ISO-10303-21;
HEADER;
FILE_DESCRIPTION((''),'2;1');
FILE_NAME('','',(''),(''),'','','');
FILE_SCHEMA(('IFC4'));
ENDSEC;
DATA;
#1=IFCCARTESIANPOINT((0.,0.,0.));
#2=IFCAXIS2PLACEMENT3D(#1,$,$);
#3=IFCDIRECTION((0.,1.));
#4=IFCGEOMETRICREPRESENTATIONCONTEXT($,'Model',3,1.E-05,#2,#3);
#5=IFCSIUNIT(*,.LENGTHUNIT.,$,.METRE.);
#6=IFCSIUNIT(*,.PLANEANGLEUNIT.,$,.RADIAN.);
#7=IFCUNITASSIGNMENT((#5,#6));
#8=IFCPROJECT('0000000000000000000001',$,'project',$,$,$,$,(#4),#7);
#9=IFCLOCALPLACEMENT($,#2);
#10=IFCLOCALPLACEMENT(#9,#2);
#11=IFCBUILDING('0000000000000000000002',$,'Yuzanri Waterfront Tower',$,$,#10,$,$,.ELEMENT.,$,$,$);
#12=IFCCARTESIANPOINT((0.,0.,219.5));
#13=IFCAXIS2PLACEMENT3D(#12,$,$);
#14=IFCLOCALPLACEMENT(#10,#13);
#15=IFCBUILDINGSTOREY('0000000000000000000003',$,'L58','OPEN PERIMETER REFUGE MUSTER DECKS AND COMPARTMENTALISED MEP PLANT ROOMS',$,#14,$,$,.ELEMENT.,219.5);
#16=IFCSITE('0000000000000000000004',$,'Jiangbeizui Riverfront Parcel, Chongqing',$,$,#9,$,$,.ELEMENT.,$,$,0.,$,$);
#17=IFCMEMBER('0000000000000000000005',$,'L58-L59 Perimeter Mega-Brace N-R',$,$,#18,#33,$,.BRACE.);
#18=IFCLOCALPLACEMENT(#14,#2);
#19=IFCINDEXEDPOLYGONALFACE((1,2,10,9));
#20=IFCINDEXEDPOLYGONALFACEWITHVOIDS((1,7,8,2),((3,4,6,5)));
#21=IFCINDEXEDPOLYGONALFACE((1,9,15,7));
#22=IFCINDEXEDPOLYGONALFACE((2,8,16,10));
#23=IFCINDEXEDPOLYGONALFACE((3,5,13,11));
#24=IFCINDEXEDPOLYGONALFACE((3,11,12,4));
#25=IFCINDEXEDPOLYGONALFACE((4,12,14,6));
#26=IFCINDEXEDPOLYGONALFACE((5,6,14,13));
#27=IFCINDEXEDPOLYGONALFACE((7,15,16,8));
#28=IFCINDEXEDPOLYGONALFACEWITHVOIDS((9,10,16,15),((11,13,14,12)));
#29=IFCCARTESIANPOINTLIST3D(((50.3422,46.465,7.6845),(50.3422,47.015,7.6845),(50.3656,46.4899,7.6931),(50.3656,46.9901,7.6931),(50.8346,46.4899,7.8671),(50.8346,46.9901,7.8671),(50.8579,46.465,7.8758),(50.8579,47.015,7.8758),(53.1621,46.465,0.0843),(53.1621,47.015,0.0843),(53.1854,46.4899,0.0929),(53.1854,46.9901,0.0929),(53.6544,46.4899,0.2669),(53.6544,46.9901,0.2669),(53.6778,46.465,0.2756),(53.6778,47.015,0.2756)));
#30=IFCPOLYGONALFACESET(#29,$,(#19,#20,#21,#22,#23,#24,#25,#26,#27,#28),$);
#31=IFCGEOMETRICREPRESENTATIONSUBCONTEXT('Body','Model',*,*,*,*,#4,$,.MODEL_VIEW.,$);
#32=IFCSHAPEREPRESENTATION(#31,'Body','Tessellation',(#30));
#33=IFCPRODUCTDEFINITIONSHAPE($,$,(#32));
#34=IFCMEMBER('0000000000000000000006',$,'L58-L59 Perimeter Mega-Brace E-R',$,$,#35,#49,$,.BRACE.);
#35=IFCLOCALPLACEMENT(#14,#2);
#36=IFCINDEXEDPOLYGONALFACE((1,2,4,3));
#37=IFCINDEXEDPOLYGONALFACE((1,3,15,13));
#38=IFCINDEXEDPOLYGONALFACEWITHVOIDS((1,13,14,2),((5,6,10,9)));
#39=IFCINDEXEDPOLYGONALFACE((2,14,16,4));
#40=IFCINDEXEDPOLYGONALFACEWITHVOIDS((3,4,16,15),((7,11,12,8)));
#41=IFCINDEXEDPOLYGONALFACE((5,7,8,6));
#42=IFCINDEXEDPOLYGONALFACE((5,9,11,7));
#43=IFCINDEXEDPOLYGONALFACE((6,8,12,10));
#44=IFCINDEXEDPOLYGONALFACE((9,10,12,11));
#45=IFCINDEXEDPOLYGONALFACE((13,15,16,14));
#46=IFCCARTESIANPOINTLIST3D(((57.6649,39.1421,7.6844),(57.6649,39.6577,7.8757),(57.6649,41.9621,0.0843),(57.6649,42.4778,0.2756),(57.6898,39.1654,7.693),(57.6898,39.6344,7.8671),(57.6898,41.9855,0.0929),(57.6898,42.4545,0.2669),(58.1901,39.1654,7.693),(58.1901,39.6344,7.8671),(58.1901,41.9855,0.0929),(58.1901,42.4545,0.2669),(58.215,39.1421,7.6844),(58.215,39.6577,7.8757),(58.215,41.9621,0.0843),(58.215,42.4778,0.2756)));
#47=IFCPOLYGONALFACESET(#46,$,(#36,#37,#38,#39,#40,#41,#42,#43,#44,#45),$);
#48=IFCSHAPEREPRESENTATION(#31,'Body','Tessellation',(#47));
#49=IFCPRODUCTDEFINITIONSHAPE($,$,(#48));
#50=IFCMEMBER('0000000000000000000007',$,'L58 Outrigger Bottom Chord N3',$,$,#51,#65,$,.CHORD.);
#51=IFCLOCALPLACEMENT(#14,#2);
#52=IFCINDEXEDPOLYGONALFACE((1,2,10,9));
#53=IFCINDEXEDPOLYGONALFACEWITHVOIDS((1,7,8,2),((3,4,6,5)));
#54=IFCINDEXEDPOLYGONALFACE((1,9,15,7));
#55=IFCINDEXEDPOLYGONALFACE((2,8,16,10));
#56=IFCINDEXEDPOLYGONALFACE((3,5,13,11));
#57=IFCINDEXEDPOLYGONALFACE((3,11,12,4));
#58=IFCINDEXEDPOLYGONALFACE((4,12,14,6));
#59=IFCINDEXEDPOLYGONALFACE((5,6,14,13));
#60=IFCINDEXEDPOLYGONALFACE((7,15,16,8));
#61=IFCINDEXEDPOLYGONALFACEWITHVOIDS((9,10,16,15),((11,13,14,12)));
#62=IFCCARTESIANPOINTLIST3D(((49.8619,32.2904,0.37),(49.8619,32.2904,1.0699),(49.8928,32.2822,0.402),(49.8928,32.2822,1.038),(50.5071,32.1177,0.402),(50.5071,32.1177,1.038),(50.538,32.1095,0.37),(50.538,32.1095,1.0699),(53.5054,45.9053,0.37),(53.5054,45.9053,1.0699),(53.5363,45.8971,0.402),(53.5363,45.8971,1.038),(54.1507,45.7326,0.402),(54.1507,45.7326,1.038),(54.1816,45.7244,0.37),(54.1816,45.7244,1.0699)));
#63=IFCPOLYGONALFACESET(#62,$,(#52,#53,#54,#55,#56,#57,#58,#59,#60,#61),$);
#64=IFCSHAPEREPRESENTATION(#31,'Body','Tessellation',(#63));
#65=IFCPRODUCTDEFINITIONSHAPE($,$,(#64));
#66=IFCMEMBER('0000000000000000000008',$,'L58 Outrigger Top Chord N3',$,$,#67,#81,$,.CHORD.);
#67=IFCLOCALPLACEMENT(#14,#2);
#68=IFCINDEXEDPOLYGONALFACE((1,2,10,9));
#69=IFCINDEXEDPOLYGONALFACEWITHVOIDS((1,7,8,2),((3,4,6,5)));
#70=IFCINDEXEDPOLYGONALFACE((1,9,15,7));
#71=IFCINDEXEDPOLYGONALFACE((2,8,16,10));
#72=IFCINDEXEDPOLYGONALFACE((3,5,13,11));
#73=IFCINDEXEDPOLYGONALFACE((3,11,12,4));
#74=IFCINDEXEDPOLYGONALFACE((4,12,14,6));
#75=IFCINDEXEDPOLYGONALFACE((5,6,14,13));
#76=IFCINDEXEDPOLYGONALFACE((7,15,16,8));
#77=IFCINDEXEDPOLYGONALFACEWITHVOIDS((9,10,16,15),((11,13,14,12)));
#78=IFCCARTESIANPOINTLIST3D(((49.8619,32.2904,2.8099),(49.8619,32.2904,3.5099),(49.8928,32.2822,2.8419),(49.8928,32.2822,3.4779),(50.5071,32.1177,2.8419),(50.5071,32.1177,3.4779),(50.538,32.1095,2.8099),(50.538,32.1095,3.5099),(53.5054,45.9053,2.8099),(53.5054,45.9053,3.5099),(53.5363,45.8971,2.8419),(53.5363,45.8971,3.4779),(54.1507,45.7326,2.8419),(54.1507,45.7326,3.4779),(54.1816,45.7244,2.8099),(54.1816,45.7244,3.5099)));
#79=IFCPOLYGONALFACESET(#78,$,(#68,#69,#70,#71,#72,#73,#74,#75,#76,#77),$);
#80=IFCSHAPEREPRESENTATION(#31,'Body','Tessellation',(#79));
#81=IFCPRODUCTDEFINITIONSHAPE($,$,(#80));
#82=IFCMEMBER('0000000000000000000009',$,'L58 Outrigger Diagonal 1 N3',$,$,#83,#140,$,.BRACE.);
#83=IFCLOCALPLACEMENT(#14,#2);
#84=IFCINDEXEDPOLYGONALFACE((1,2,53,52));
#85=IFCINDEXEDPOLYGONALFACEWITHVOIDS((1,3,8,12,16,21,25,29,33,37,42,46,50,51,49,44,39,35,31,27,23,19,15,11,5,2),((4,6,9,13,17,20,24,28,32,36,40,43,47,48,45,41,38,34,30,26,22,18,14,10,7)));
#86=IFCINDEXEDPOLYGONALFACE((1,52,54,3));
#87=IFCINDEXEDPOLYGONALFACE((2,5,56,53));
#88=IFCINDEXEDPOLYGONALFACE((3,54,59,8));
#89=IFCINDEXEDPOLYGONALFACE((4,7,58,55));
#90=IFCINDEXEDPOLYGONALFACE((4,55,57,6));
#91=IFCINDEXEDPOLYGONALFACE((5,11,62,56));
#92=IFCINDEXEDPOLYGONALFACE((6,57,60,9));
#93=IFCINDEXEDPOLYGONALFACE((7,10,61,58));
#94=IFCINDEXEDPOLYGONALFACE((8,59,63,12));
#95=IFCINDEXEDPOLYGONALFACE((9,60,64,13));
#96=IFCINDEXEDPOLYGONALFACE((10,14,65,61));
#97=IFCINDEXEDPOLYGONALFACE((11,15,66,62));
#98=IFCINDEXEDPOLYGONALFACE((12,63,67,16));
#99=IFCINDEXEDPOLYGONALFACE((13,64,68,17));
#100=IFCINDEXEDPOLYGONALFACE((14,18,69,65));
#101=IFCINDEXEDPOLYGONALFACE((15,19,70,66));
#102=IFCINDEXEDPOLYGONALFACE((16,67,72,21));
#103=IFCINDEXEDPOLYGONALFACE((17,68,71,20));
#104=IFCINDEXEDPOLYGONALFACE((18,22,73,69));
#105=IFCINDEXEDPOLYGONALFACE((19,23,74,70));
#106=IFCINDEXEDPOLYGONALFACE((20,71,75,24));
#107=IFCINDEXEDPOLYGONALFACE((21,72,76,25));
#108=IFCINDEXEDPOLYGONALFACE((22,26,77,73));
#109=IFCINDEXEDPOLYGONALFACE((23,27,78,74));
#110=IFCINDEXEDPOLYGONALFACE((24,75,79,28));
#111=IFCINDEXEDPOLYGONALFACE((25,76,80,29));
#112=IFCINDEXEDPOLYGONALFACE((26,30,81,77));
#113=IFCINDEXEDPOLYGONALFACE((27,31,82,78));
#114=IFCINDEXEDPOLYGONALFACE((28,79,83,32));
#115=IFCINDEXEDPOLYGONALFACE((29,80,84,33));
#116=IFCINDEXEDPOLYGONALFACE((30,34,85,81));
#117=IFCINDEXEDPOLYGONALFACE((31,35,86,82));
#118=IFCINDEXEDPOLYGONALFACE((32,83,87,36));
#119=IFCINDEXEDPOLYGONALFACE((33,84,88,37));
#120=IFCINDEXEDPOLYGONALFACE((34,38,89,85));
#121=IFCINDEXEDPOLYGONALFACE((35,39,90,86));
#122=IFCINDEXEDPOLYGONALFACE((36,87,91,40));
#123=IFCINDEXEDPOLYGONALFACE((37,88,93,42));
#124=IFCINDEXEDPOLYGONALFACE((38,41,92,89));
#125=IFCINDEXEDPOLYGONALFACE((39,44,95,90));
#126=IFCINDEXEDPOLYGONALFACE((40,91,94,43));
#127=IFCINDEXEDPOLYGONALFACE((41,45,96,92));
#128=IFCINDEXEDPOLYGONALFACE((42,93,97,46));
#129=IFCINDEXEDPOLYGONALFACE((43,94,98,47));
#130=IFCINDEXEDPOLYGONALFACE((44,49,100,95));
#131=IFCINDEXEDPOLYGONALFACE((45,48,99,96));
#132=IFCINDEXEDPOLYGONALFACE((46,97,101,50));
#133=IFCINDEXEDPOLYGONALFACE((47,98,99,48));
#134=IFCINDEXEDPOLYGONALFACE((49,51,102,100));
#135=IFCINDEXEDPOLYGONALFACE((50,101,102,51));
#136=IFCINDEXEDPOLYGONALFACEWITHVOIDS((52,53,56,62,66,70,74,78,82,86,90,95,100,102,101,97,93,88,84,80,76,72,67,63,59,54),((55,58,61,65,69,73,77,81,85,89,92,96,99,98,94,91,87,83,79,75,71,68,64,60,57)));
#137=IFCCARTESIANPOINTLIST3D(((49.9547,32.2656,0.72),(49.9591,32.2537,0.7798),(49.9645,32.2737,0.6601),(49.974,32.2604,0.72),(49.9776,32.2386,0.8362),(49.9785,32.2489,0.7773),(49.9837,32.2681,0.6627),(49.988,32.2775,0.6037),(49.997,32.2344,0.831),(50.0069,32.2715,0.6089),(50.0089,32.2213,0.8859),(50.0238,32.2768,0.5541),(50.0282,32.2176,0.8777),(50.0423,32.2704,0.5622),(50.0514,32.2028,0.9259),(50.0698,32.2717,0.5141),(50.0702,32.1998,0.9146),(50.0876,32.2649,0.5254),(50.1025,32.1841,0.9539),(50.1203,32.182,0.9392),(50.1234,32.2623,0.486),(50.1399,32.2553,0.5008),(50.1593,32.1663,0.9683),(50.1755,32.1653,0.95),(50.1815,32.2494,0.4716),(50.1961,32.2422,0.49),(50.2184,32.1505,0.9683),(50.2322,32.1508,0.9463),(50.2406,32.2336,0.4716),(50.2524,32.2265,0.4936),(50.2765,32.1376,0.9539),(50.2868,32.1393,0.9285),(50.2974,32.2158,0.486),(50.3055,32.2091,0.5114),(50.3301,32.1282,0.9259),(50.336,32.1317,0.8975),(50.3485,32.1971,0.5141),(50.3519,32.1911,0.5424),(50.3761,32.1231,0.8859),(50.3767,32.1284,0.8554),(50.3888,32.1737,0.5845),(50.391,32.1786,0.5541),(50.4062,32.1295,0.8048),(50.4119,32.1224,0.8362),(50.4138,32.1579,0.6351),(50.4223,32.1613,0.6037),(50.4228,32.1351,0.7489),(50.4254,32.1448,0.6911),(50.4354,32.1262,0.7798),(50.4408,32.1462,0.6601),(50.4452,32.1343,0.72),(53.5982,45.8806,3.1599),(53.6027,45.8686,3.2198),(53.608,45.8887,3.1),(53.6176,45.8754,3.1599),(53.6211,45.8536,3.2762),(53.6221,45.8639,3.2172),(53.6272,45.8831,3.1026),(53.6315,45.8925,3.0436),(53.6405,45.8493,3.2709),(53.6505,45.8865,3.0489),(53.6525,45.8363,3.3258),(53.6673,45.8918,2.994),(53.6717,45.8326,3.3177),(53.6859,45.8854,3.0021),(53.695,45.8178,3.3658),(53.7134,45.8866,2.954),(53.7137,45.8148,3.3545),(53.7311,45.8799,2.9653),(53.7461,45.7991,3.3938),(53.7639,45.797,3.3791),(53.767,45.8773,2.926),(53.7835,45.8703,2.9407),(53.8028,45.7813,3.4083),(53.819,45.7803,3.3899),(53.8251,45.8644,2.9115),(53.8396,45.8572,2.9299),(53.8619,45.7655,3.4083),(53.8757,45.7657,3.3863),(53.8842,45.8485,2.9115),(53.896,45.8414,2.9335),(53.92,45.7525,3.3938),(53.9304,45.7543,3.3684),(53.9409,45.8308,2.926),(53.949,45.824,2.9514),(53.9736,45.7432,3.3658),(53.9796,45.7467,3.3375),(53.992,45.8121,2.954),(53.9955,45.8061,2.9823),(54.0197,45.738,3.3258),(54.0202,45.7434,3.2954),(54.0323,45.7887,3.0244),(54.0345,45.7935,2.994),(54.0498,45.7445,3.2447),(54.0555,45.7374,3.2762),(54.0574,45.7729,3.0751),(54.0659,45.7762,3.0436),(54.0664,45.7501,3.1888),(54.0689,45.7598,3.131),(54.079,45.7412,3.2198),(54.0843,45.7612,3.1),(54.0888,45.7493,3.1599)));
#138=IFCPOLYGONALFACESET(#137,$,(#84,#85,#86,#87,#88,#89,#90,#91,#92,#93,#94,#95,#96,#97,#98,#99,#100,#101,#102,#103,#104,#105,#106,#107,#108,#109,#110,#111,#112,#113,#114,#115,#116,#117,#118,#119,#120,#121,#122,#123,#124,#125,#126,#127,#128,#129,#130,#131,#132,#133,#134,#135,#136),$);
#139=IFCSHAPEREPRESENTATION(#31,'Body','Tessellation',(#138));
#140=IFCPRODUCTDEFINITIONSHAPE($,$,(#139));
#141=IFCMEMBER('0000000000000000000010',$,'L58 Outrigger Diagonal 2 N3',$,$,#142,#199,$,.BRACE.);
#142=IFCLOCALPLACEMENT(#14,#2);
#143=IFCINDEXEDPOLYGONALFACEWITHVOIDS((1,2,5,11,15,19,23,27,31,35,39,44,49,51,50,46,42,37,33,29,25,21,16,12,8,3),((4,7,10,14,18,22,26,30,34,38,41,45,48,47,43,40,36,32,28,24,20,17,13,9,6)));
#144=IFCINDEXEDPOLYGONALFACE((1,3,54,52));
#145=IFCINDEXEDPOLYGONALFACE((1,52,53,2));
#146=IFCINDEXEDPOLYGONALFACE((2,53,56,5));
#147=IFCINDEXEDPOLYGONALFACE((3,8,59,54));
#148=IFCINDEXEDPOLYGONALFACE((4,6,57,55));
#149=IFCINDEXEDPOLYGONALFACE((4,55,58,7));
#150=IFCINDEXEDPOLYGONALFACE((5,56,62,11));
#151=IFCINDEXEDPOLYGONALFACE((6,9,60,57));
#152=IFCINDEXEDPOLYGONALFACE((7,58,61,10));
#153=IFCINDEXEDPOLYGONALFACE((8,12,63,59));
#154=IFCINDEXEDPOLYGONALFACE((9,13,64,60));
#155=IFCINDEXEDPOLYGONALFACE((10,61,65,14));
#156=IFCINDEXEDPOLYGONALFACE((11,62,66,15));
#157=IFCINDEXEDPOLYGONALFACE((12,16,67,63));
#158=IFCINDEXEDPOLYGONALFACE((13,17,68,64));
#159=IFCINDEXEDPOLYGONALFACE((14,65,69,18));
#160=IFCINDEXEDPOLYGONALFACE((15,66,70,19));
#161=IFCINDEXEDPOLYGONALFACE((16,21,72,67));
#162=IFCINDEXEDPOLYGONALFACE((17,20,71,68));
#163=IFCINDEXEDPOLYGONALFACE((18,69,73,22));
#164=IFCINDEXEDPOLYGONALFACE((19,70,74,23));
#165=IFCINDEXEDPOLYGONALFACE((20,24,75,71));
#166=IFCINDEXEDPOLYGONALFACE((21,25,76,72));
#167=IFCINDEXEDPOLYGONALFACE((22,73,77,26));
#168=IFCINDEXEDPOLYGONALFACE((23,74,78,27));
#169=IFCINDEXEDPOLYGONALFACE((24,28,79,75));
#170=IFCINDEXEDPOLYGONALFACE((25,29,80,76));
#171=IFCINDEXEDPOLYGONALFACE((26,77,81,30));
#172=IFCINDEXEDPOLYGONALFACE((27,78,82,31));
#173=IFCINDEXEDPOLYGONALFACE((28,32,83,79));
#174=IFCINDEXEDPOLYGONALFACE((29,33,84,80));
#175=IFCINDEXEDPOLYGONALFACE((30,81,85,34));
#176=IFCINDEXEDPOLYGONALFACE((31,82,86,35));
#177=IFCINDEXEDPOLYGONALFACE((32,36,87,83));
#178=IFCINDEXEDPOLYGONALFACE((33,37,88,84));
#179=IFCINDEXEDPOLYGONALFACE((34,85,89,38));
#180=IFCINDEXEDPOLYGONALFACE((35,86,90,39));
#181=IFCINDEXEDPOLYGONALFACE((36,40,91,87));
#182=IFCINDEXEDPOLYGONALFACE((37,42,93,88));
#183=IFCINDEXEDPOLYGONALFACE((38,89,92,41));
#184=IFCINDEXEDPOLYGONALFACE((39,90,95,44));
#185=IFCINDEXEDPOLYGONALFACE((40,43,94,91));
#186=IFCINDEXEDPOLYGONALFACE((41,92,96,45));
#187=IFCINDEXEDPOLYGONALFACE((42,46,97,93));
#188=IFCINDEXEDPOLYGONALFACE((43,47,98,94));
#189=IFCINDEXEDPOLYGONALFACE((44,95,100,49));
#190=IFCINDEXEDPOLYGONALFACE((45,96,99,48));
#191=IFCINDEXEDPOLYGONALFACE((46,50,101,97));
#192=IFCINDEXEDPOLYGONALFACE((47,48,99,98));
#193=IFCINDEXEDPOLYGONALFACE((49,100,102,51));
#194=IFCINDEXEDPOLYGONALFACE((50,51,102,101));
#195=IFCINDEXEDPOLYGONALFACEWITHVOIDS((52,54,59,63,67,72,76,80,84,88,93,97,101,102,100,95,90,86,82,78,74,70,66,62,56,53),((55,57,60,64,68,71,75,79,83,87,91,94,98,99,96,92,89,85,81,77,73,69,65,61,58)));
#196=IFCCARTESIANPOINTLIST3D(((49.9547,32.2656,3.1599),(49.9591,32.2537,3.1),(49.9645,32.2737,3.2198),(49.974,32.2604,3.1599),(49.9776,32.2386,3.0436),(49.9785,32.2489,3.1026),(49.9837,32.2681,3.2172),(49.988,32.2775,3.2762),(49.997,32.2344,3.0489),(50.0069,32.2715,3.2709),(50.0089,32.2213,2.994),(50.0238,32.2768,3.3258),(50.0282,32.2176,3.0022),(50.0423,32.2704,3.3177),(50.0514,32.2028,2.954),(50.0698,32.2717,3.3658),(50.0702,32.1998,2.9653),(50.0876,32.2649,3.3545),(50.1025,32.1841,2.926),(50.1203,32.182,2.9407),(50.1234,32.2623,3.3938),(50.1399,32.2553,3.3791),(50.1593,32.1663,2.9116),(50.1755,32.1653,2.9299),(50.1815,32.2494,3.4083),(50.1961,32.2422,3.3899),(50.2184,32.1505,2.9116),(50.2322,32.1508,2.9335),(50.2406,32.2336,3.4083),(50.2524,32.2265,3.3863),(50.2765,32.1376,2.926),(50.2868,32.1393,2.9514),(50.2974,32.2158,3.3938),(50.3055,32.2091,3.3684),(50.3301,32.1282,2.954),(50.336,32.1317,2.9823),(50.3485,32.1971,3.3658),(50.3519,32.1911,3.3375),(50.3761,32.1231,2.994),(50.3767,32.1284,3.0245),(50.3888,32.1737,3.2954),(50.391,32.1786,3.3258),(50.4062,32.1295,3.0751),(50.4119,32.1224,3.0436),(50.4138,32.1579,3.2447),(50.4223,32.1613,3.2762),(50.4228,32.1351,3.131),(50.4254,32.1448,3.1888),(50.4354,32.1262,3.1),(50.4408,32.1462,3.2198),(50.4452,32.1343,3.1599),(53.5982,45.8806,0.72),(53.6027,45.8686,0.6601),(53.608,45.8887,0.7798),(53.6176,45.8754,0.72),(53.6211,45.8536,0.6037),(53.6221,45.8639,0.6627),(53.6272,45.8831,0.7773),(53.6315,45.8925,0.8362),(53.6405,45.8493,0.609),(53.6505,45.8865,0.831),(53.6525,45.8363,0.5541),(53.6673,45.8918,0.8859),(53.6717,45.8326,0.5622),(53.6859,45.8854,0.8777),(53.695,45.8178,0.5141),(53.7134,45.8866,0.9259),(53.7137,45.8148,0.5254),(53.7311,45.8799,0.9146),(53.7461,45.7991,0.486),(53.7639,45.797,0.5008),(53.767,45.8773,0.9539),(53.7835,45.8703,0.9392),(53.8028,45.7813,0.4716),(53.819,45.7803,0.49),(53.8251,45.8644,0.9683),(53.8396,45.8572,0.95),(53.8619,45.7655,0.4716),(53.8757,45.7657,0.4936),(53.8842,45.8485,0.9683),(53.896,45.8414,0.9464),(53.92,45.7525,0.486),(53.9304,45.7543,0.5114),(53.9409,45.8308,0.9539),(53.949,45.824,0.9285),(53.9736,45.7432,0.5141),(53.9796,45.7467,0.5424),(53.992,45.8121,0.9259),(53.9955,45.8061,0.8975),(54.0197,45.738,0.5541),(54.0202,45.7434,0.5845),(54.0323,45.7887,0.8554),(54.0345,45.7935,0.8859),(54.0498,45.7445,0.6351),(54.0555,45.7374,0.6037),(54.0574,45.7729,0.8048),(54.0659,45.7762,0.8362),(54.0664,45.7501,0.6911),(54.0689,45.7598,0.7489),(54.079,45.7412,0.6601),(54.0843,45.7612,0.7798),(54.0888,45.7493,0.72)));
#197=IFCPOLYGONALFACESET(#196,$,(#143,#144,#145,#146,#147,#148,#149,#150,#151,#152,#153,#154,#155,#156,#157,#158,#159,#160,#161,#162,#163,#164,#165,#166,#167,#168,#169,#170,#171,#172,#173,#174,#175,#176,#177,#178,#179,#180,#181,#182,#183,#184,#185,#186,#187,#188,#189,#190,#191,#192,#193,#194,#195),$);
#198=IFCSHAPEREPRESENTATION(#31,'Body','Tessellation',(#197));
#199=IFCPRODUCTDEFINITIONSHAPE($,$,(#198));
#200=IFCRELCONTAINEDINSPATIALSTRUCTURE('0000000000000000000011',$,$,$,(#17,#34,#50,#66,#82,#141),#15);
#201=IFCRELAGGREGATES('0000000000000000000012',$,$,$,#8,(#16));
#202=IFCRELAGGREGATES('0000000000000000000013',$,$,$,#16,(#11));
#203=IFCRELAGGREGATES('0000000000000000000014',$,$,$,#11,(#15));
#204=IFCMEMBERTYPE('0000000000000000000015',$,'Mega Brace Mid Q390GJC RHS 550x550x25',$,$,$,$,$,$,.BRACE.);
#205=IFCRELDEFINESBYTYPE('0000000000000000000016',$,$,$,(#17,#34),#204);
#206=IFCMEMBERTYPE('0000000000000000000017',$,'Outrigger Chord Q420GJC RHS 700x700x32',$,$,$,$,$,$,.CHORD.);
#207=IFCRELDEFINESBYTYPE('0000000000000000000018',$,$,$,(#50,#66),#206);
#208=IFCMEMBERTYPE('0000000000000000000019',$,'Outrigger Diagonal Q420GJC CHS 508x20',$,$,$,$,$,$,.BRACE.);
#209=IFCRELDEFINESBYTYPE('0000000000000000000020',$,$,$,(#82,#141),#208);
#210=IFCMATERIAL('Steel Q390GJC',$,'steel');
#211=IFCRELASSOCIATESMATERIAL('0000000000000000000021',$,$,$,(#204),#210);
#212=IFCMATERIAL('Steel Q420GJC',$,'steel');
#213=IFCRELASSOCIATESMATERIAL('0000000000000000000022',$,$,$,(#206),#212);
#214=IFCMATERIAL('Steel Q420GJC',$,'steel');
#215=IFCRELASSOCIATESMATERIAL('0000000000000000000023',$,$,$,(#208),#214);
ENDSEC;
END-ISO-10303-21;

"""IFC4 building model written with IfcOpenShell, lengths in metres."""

from ifc_helpers import new_model, si_unit, direction, frame, origin, origin_2d, place, context, subcontext, project, spatial, hollow_rectangle, hollow_circle, extrude, source, transform, mapped, material, material_profile, profile_set, type_object, element, save


model = new_model("IFC4")

# Units and contexts
model_context = context("Model", 3, precision=1e-05, world=origin(), true_north=direction((0.0, 1.0)))
body_context = subcontext(model_context, "Body", "Model", "MODEL_VIEW")
ifc_project = project(units=[si_unit("LENGTHUNIT", "METRE"), si_unit("PLANEANGLEUNIT", "RADIAN")], contexts=[model_context])

# Site, building, storey
site_placement = place(None, origin())
site = spatial("IfcSite", under=ifc_project, at=site_placement, Name="Jiangbeizui Riverfront Parcel, Chongqing", CompositionType="ELEMENT", RefElevation=0.0)
building_placement = place(site_placement, origin())
building = spatial("IfcBuilding", under=site, at=building_placement, Name="Yuzanri Waterfront Tower", CompositionType="ELEMENT")
storey_placement = place(building_placement, frame((0.0, 0.0, 219.5)))
storey = spatial("IfcBuildingStorey", under=building, at=storey_placement, Name="L58", Description="OPEN PERIMETER REFUGE MUSTER DECKS AND COMPARTMENTALISED MEP PLANT ROOMS", CompositionType="ELEMENT", Elevation=219.5)

# Members
ifc_material_1 = material(Name="Steel Q390GJC", Category="steel")
ifc_material_profile_1 = material_profile(ifc_material_1, hollow_rectangle(XDim=0.55, YDim=0.55, WallThickness=0.0249, at=origin_2d()), Name="RHS 550x550x25")
ifc_profile_set_1 = profile_set([ifc_material_profile_1], Name="Steel Q390GJC")
member_type_1 = type_object("IfcMemberType", Name="Mega Brace Mid Q390GJC RHS 550x550x25", PredefinedType="BRACE", material=ifc_profile_set_1)
shared_shape_1 = source(origin(), body_context, "Body", "SweptSolid", [
    extrude(hollow_rectangle(XDim=0.55, YDim=0.55, WallThickness=0.0249, at=origin_2d()), origin(), (0.0, 0.0, 1.0), 8.1064),
])
for number, where, z_axis, x_axis, name in (
    (1, (53.4199, 46.74, 0.1799), (-0.347854, 0.0, 0.937549), (0.0, -1.0, 0.0), "L58-L59 Perimeter Mega-Brace N-R"),
    (2, (57.9399, 42.22, 0.1799), (0.0, -0.34788, 0.937539), (1.0, 0.0, 0.0), "L58-L59 Perimeter Mega-Brace E-R"),
):
    element("IfcMember", number, at=place(storey_placement, frame(where, z_axis=z_axis, x_axis=x_axis)), inside=storey, type_object=member_type_1, Name=name, PredefinedType="BRACE", context=body_context, shape_type="MappedRepresentation", body=[
        mapped(shared_shape_1, transform((0.0, 0.0, 0.0), scale=1.0)),
    ])
ifc_material_2 = material(Name="Steel Q420GJC", Category="steel")
ifc_material_profile_2 = material_profile(ifc_material_2, hollow_rectangle(XDim=0.7, YDim=0.7, WallThickness=0.032, at=origin_2d()), Name="RHS 700x700x32")
ifc_profile_set_2 = profile_set([ifc_material_profile_2], Name="Steel Q420GJC")
member_type_2 = type_object("IfcMemberType", Name="Outrigger Chord Q420GJC RHS 700x700x32", PredefinedType="CHORD", material=ifc_profile_set_2)
shared_shape_2 = source(origin(), body_context, "Body", "SweptSolid", [
    extrude(hollow_rectangle(XDim=0.7, YDim=0.7, WallThickness=0.032, at=origin_2d()), origin(), (0.0, 0.0, 1.0), 14.094),
])
for number, where, z_axis, x_axis, name in (
    (3, (50.2, 32.2, 0.72), (0.258516, 0.966007, 0.0), (-0.966007, 0.258516, 0.0), "L58 Outrigger Bottom Chord N3"),
    (4, (50.2, 32.2, 3.1599), (0.258516, 0.966007, 0.0), (-0.966007, 0.258516, 0.0), "L58 Outrigger Top Chord N3"),
):
    element("IfcMember", number, at=place(storey_placement, frame(where, z_axis=z_axis, x_axis=x_axis)), inside=storey, type_object=member_type_2, Name=name, PredefinedType="CHORD", context=body_context, shape_type="MappedRepresentation", body=[
        mapped(shared_shape_2, transform((0.0, 0.0, 0.0), scale=1.0)),
    ])
ifc_material_3 = material(Name="Steel Q420GJC", Category="steel")
ifc_material_profile_3 = material_profile(ifc_material_3, hollow_circle(Radius=0.2539, WallThickness=0.02, at=origin_2d()), Name="CHS 508x20")
ifc_profile_set_3 = profile_set([ifc_material_profile_3], Name="Steel Q420GJC")
member_type_3 = type_object("IfcMemberType", Name="Outrigger Diagonal Q420GJC CHS 508x20", PredefinedType="BRACE", material=ifc_profile_set_3)
shared_shape_3 = source(origin(), body_context, "Body", "SweptSolid", [
    extrude(hollow_circle(Radius=0.2539, WallThickness=0.02, at=origin_2d()), origin(), (0.0, 0.0, 1.0), 14.3037),
])
for number, where, z_axis, x_axis, name in (
    (5, (50.2, 32.2, 0.72), (0.254728, 0.951849, 0.170581), (-0.966007, 0.258516, 0.0), "L58 Outrigger Diagonal 1 N3"),
    (6, (50.2, 32.2, 3.1599), (0.254728, 0.951849, -0.170581), (-0.966007, 0.258516, 0.0), "L58 Outrigger Diagonal 2 N3"),
):
    element("IfcMember", number, at=place(storey_placement, frame(where, z_axis=z_axis, x_axis=x_axis)), inside=storey, type_object=member_type_3, Name=name, PredefinedType="BRACE", context=body_context, shape_type="MappedRepresentation", body=[
        mapped(shared_shape_3, transform((0.0, 0.0, 0.0), scale=1.0)),
    ])

save(model, "model.ifc")
